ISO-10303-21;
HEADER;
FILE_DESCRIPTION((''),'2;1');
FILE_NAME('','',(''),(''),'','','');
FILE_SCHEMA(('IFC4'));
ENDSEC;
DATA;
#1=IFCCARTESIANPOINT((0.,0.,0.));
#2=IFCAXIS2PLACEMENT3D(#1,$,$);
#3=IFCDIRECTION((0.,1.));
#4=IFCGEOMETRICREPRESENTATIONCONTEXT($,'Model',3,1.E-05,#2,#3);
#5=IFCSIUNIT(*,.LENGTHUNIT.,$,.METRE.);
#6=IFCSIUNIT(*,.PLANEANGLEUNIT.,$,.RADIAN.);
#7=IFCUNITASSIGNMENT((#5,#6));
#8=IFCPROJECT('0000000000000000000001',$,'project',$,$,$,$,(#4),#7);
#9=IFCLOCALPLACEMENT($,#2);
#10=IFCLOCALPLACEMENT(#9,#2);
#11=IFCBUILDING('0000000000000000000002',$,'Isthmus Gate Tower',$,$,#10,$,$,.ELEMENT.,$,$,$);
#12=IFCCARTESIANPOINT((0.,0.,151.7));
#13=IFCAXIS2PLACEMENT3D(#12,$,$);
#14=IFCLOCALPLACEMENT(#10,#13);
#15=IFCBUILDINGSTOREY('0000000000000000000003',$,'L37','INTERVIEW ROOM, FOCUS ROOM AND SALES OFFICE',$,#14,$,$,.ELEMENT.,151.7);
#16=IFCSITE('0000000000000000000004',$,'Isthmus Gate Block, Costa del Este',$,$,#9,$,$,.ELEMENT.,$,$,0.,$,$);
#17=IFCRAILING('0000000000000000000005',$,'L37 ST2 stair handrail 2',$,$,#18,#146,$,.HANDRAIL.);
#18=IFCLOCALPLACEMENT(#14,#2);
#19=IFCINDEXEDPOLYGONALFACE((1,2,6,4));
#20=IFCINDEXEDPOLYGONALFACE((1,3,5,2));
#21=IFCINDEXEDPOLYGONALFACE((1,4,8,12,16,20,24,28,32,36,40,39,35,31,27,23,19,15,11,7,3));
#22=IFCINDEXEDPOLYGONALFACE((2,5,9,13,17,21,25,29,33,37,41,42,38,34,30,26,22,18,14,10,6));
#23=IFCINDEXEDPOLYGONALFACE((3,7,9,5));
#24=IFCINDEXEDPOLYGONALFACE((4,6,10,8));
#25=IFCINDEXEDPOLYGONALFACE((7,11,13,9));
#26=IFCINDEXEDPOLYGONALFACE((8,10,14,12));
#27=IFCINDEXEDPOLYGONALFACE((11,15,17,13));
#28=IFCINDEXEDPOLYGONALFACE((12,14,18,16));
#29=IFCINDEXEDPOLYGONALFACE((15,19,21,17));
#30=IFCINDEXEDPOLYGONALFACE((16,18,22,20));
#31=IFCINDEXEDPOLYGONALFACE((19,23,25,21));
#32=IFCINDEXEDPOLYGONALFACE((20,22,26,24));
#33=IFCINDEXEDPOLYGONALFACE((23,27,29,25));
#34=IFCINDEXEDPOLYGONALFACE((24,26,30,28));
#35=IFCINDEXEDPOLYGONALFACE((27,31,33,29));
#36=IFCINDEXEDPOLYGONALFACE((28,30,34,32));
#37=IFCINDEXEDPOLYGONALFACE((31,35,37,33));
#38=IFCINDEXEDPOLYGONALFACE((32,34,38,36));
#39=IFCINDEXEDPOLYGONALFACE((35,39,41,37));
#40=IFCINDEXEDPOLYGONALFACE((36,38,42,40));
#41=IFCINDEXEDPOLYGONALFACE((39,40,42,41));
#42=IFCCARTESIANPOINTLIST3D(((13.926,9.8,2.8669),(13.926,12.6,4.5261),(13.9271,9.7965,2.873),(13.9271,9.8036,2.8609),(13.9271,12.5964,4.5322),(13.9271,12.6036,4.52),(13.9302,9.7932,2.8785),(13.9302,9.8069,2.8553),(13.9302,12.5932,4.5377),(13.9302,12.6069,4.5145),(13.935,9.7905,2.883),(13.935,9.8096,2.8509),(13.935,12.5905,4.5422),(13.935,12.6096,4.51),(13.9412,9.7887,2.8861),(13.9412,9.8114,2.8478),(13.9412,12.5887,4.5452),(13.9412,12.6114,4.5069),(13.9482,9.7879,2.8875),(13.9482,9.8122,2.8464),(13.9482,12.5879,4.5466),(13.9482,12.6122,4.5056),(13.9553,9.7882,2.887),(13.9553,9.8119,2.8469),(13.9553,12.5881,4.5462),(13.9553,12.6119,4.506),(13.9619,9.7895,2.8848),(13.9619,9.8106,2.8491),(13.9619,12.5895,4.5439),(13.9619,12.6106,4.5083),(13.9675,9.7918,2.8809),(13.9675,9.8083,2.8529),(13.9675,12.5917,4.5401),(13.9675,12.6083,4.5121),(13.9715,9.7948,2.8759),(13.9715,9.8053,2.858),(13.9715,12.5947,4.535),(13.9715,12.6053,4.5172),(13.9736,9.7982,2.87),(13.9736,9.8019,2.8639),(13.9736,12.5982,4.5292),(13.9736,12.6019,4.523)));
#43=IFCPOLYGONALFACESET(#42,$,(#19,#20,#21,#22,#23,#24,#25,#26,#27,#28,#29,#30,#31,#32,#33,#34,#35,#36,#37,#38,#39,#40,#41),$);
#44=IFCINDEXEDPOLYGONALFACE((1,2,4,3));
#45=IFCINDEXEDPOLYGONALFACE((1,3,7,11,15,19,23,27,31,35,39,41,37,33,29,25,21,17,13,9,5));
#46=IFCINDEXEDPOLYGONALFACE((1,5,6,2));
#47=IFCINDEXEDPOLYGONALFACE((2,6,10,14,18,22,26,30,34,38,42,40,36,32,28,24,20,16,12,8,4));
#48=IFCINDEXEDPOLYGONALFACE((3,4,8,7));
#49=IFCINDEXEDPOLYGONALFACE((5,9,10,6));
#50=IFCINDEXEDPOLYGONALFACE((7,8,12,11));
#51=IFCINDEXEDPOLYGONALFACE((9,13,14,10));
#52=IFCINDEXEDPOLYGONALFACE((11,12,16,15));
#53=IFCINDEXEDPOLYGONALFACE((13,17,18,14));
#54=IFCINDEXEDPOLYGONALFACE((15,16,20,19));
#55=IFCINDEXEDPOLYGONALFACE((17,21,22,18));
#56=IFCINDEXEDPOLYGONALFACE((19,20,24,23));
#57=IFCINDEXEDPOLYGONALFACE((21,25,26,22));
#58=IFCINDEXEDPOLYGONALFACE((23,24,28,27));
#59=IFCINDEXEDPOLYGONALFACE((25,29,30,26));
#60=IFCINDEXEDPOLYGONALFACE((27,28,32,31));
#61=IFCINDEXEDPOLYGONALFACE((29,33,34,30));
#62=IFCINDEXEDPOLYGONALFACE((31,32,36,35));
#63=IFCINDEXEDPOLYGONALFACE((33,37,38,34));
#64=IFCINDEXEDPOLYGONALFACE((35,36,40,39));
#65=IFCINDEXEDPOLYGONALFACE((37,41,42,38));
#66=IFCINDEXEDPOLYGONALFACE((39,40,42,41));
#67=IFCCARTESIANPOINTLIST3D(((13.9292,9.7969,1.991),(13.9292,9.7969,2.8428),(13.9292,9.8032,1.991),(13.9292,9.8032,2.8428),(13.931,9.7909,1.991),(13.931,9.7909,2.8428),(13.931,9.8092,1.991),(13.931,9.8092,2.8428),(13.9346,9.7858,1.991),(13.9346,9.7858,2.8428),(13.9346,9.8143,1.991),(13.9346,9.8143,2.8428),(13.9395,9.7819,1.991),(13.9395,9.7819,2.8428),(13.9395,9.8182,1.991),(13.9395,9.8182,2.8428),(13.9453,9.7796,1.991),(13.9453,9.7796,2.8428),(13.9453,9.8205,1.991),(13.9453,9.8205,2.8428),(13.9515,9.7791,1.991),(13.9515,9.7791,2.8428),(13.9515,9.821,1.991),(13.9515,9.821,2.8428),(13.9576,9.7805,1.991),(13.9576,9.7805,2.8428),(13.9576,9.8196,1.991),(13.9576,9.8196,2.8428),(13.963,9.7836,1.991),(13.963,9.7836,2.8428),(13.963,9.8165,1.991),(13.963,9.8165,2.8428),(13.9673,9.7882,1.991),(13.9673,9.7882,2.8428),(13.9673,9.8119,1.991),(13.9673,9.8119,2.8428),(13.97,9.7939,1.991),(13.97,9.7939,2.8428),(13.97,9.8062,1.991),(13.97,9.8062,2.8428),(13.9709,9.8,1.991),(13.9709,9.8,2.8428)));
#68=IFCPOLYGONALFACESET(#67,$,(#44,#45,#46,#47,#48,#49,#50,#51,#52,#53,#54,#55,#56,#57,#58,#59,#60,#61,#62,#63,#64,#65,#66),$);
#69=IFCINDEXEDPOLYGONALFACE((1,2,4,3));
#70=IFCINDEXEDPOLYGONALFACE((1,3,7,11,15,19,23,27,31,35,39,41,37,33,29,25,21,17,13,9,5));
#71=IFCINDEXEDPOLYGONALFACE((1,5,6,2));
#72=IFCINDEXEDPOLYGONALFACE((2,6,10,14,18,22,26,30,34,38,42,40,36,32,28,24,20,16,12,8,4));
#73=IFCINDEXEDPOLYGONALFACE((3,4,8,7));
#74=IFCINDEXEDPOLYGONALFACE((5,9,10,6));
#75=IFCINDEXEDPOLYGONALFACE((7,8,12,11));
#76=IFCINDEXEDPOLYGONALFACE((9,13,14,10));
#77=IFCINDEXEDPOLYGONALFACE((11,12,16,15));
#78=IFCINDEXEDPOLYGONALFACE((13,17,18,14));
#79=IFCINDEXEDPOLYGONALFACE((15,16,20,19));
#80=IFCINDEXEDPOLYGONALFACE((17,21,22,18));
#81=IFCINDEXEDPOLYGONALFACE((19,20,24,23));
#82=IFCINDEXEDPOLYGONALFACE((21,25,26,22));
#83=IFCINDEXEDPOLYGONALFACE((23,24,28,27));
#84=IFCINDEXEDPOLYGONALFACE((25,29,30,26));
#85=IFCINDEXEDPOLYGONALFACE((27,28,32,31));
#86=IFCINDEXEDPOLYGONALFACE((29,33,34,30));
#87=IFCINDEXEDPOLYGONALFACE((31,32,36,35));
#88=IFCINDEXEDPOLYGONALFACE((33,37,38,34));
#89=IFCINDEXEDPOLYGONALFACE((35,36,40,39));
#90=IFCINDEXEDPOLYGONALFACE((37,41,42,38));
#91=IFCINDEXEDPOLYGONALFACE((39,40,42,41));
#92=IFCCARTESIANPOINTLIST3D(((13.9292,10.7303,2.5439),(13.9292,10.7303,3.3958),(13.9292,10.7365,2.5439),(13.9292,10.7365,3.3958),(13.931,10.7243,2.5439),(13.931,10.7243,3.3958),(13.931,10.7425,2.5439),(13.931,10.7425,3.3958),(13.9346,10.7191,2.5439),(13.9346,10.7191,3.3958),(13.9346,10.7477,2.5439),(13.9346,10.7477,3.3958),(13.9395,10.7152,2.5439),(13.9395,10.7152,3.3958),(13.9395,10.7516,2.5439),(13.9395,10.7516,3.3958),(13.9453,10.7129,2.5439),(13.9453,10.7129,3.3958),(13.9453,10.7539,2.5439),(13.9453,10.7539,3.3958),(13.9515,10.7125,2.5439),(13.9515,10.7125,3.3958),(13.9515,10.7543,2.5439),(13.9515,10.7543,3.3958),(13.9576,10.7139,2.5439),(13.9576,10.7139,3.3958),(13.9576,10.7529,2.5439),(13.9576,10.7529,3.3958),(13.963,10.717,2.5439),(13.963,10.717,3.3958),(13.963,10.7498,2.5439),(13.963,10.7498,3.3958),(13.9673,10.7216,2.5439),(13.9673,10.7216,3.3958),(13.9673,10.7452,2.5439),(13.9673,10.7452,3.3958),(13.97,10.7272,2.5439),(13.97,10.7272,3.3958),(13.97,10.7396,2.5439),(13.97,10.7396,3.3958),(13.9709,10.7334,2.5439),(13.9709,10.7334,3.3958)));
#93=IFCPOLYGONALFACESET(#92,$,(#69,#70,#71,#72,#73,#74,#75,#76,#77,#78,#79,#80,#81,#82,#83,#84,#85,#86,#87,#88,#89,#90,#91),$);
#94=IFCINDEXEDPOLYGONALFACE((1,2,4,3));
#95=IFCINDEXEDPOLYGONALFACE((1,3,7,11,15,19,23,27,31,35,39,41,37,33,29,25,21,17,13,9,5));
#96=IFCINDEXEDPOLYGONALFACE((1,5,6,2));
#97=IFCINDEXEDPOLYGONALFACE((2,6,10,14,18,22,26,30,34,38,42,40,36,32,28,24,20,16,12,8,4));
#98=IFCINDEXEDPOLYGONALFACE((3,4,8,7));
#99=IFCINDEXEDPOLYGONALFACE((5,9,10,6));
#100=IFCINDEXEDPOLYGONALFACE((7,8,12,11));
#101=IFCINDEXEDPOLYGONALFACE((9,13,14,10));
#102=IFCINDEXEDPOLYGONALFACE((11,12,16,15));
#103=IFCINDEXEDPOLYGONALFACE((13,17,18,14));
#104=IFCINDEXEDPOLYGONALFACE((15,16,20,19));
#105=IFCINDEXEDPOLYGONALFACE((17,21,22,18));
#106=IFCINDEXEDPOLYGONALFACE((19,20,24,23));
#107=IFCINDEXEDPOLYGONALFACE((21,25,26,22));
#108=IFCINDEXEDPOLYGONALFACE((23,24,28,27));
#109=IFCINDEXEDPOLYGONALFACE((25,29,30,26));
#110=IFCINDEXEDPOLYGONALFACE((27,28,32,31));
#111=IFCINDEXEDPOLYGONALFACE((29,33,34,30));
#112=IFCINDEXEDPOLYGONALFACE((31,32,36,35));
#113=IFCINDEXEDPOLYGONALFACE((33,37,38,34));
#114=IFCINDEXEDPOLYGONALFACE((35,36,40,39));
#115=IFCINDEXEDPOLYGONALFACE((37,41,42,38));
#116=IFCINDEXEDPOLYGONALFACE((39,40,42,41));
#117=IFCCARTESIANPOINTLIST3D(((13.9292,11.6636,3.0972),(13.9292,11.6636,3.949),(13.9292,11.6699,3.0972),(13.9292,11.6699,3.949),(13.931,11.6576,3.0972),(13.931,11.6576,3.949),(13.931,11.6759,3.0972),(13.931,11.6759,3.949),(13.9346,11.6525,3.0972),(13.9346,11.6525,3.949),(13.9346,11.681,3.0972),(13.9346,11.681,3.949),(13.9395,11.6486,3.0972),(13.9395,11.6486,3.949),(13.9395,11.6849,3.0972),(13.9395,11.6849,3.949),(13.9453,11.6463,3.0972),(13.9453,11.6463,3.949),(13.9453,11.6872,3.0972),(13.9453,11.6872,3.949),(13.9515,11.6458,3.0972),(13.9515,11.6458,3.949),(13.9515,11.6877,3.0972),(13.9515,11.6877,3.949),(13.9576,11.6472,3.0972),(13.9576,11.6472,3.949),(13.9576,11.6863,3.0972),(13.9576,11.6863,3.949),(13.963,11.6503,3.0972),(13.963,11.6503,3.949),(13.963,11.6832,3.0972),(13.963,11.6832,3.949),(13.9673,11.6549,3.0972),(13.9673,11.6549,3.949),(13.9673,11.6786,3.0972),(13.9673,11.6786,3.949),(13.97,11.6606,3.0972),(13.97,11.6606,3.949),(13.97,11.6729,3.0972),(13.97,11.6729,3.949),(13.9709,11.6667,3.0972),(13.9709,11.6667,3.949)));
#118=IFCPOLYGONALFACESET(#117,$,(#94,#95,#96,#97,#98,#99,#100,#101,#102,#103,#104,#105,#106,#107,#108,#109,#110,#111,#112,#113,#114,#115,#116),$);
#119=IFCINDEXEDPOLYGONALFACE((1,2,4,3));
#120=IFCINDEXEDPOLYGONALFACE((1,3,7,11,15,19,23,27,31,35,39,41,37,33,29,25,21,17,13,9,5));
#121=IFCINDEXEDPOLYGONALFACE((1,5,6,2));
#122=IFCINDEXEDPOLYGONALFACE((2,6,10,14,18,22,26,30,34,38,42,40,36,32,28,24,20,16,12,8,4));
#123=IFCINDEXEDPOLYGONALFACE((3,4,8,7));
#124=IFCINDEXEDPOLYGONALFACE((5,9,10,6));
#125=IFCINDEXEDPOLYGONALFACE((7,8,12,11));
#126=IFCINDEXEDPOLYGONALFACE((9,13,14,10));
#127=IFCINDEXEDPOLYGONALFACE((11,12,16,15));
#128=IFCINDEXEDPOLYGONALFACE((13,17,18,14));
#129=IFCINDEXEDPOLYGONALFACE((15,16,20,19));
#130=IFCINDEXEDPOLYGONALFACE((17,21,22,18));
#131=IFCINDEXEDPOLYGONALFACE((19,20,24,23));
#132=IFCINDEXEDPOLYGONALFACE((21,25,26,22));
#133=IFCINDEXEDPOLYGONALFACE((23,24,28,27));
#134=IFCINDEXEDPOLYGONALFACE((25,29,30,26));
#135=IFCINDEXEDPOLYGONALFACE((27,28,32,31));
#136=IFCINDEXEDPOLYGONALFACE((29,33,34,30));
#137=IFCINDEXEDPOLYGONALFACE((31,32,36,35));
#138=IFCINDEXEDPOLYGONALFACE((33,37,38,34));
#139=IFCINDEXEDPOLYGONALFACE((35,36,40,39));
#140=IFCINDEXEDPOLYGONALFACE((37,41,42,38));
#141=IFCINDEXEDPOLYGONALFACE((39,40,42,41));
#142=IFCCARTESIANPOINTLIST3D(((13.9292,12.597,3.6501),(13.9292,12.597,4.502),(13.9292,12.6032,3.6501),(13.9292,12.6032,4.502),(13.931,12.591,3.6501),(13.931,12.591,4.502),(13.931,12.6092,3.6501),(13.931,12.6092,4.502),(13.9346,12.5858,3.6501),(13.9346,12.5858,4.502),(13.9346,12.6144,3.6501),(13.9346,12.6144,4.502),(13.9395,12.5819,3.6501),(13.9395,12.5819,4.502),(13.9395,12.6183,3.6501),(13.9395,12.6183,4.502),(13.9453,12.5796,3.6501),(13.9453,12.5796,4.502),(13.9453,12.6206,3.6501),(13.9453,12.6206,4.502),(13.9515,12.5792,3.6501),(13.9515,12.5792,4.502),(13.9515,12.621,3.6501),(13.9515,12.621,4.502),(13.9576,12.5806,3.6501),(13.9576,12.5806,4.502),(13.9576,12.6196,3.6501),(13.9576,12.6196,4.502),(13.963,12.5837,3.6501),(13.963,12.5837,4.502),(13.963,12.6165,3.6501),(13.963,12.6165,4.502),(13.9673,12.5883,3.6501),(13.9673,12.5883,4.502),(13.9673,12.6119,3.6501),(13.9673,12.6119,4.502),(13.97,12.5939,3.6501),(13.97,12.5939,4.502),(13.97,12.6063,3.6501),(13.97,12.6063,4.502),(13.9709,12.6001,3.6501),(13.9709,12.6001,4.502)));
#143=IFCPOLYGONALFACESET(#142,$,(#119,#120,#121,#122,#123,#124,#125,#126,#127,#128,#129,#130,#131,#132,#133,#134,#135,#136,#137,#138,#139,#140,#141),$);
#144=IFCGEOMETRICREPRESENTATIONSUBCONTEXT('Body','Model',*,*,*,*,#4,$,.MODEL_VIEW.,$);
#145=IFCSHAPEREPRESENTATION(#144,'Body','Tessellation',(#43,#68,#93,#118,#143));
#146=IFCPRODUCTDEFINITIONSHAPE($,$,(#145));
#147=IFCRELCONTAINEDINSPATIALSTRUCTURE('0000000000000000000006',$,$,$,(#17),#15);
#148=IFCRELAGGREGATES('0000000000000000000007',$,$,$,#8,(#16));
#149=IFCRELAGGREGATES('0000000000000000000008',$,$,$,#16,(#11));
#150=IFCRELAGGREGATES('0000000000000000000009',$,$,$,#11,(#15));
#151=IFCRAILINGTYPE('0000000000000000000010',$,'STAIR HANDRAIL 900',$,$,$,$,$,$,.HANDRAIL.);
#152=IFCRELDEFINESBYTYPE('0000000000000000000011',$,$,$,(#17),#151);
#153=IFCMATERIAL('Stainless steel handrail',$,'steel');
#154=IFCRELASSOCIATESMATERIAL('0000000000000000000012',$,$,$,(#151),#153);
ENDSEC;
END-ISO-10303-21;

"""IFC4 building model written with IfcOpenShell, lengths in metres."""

from ifc_helpers import new_model, si_unit, direction, frame, origin, origin_2d, place, context, subcontext, project, spatial, circle, extrude, material, type_object, element, save


model = new_model("IFC4")

# Units and contexts
model_context = context("Model", 3, precision=1e-05, world=origin(), true_north=direction((0.0, 1.0)))
body_context = subcontext(model_context, "Body", "Model", "MODEL_VIEW")
ifc_project = project(units=[si_unit("LENGTHUNIT", "METRE"), si_unit("PLANEANGLEUNIT", "RADIAN")], contexts=[model_context])

# Site, building, storey
site_placement = place(None, origin())
site = spatial("IfcSite", under=ifc_project, at=site_placement, Name="Isthmus Gate Block, Costa del Este", CompositionType="ELEMENT", RefElevation=0.0)
building_placement = place(site_placement, origin())
building = spatial("IfcBuilding", under=site, at=building_placement, Name="Isthmus Gate Tower", CompositionType="ELEMENT")
storey_placement = place(building_placement, frame((0.0, 0.0, 151.7)))
storey = spatial("IfcBuildingStorey", under=building, at=storey_placement, Name="L37", Description="INTERVIEW ROOM, FOCUS ROOM AND SALES OFFICE", CompositionType="ELEMENT", Elevation=151.7)

# Railing
ifc_material_1 = material(Name="Stainless steel handrail", Category="steel")
railing_type = type_object("IfcRailingType", Name="STAIR HANDRAIL 900", PredefinedType="HANDRAIL", material=ifc_material_1)
railing_placement = place(storey_placement, frame((13.95, 9.8, 1.991)))
element("IfcRailing", 1, at=railing_placement, inside=storey, type_object=railing_type, Name="L37 ST2 stair handrail 2", PredefinedType="HANDRAIL", context=body_context, shape_type="SweptSolid", body=[
    extrude(circle(Radius=0.0239, at=origin_2d()), frame((0.0, 0.0, 0.876), z_axis=(0.0, 0.860306, 0.509778), x_axis=(-1.0, 0.0, 0.0)), (0.0, 0.0, 1.0), 3.2546),
    extrude(circle(Radius=0.021, at=origin_2d()), origin(), (0.0, 0.0, 1.0), 0.8518),
    extrude(circle(Radius=0.021, at=origin_2d()), frame((0.0, 0.9333, 0.553)), (0.0, 0.0, 1.0), 0.8518),
    extrude(circle(Radius=0.021, at=origin_2d()), frame((0.0, 1.8667, 1.1062)), (0.0, 0.0, 1.0), 0.8518),
    extrude(circle(Radius=0.021, at=origin_2d()), frame((0.0, 2.8, 1.6592)), (0.0, 0.0, 1.0), 0.8518),
])

save(model, "model.ifc")
